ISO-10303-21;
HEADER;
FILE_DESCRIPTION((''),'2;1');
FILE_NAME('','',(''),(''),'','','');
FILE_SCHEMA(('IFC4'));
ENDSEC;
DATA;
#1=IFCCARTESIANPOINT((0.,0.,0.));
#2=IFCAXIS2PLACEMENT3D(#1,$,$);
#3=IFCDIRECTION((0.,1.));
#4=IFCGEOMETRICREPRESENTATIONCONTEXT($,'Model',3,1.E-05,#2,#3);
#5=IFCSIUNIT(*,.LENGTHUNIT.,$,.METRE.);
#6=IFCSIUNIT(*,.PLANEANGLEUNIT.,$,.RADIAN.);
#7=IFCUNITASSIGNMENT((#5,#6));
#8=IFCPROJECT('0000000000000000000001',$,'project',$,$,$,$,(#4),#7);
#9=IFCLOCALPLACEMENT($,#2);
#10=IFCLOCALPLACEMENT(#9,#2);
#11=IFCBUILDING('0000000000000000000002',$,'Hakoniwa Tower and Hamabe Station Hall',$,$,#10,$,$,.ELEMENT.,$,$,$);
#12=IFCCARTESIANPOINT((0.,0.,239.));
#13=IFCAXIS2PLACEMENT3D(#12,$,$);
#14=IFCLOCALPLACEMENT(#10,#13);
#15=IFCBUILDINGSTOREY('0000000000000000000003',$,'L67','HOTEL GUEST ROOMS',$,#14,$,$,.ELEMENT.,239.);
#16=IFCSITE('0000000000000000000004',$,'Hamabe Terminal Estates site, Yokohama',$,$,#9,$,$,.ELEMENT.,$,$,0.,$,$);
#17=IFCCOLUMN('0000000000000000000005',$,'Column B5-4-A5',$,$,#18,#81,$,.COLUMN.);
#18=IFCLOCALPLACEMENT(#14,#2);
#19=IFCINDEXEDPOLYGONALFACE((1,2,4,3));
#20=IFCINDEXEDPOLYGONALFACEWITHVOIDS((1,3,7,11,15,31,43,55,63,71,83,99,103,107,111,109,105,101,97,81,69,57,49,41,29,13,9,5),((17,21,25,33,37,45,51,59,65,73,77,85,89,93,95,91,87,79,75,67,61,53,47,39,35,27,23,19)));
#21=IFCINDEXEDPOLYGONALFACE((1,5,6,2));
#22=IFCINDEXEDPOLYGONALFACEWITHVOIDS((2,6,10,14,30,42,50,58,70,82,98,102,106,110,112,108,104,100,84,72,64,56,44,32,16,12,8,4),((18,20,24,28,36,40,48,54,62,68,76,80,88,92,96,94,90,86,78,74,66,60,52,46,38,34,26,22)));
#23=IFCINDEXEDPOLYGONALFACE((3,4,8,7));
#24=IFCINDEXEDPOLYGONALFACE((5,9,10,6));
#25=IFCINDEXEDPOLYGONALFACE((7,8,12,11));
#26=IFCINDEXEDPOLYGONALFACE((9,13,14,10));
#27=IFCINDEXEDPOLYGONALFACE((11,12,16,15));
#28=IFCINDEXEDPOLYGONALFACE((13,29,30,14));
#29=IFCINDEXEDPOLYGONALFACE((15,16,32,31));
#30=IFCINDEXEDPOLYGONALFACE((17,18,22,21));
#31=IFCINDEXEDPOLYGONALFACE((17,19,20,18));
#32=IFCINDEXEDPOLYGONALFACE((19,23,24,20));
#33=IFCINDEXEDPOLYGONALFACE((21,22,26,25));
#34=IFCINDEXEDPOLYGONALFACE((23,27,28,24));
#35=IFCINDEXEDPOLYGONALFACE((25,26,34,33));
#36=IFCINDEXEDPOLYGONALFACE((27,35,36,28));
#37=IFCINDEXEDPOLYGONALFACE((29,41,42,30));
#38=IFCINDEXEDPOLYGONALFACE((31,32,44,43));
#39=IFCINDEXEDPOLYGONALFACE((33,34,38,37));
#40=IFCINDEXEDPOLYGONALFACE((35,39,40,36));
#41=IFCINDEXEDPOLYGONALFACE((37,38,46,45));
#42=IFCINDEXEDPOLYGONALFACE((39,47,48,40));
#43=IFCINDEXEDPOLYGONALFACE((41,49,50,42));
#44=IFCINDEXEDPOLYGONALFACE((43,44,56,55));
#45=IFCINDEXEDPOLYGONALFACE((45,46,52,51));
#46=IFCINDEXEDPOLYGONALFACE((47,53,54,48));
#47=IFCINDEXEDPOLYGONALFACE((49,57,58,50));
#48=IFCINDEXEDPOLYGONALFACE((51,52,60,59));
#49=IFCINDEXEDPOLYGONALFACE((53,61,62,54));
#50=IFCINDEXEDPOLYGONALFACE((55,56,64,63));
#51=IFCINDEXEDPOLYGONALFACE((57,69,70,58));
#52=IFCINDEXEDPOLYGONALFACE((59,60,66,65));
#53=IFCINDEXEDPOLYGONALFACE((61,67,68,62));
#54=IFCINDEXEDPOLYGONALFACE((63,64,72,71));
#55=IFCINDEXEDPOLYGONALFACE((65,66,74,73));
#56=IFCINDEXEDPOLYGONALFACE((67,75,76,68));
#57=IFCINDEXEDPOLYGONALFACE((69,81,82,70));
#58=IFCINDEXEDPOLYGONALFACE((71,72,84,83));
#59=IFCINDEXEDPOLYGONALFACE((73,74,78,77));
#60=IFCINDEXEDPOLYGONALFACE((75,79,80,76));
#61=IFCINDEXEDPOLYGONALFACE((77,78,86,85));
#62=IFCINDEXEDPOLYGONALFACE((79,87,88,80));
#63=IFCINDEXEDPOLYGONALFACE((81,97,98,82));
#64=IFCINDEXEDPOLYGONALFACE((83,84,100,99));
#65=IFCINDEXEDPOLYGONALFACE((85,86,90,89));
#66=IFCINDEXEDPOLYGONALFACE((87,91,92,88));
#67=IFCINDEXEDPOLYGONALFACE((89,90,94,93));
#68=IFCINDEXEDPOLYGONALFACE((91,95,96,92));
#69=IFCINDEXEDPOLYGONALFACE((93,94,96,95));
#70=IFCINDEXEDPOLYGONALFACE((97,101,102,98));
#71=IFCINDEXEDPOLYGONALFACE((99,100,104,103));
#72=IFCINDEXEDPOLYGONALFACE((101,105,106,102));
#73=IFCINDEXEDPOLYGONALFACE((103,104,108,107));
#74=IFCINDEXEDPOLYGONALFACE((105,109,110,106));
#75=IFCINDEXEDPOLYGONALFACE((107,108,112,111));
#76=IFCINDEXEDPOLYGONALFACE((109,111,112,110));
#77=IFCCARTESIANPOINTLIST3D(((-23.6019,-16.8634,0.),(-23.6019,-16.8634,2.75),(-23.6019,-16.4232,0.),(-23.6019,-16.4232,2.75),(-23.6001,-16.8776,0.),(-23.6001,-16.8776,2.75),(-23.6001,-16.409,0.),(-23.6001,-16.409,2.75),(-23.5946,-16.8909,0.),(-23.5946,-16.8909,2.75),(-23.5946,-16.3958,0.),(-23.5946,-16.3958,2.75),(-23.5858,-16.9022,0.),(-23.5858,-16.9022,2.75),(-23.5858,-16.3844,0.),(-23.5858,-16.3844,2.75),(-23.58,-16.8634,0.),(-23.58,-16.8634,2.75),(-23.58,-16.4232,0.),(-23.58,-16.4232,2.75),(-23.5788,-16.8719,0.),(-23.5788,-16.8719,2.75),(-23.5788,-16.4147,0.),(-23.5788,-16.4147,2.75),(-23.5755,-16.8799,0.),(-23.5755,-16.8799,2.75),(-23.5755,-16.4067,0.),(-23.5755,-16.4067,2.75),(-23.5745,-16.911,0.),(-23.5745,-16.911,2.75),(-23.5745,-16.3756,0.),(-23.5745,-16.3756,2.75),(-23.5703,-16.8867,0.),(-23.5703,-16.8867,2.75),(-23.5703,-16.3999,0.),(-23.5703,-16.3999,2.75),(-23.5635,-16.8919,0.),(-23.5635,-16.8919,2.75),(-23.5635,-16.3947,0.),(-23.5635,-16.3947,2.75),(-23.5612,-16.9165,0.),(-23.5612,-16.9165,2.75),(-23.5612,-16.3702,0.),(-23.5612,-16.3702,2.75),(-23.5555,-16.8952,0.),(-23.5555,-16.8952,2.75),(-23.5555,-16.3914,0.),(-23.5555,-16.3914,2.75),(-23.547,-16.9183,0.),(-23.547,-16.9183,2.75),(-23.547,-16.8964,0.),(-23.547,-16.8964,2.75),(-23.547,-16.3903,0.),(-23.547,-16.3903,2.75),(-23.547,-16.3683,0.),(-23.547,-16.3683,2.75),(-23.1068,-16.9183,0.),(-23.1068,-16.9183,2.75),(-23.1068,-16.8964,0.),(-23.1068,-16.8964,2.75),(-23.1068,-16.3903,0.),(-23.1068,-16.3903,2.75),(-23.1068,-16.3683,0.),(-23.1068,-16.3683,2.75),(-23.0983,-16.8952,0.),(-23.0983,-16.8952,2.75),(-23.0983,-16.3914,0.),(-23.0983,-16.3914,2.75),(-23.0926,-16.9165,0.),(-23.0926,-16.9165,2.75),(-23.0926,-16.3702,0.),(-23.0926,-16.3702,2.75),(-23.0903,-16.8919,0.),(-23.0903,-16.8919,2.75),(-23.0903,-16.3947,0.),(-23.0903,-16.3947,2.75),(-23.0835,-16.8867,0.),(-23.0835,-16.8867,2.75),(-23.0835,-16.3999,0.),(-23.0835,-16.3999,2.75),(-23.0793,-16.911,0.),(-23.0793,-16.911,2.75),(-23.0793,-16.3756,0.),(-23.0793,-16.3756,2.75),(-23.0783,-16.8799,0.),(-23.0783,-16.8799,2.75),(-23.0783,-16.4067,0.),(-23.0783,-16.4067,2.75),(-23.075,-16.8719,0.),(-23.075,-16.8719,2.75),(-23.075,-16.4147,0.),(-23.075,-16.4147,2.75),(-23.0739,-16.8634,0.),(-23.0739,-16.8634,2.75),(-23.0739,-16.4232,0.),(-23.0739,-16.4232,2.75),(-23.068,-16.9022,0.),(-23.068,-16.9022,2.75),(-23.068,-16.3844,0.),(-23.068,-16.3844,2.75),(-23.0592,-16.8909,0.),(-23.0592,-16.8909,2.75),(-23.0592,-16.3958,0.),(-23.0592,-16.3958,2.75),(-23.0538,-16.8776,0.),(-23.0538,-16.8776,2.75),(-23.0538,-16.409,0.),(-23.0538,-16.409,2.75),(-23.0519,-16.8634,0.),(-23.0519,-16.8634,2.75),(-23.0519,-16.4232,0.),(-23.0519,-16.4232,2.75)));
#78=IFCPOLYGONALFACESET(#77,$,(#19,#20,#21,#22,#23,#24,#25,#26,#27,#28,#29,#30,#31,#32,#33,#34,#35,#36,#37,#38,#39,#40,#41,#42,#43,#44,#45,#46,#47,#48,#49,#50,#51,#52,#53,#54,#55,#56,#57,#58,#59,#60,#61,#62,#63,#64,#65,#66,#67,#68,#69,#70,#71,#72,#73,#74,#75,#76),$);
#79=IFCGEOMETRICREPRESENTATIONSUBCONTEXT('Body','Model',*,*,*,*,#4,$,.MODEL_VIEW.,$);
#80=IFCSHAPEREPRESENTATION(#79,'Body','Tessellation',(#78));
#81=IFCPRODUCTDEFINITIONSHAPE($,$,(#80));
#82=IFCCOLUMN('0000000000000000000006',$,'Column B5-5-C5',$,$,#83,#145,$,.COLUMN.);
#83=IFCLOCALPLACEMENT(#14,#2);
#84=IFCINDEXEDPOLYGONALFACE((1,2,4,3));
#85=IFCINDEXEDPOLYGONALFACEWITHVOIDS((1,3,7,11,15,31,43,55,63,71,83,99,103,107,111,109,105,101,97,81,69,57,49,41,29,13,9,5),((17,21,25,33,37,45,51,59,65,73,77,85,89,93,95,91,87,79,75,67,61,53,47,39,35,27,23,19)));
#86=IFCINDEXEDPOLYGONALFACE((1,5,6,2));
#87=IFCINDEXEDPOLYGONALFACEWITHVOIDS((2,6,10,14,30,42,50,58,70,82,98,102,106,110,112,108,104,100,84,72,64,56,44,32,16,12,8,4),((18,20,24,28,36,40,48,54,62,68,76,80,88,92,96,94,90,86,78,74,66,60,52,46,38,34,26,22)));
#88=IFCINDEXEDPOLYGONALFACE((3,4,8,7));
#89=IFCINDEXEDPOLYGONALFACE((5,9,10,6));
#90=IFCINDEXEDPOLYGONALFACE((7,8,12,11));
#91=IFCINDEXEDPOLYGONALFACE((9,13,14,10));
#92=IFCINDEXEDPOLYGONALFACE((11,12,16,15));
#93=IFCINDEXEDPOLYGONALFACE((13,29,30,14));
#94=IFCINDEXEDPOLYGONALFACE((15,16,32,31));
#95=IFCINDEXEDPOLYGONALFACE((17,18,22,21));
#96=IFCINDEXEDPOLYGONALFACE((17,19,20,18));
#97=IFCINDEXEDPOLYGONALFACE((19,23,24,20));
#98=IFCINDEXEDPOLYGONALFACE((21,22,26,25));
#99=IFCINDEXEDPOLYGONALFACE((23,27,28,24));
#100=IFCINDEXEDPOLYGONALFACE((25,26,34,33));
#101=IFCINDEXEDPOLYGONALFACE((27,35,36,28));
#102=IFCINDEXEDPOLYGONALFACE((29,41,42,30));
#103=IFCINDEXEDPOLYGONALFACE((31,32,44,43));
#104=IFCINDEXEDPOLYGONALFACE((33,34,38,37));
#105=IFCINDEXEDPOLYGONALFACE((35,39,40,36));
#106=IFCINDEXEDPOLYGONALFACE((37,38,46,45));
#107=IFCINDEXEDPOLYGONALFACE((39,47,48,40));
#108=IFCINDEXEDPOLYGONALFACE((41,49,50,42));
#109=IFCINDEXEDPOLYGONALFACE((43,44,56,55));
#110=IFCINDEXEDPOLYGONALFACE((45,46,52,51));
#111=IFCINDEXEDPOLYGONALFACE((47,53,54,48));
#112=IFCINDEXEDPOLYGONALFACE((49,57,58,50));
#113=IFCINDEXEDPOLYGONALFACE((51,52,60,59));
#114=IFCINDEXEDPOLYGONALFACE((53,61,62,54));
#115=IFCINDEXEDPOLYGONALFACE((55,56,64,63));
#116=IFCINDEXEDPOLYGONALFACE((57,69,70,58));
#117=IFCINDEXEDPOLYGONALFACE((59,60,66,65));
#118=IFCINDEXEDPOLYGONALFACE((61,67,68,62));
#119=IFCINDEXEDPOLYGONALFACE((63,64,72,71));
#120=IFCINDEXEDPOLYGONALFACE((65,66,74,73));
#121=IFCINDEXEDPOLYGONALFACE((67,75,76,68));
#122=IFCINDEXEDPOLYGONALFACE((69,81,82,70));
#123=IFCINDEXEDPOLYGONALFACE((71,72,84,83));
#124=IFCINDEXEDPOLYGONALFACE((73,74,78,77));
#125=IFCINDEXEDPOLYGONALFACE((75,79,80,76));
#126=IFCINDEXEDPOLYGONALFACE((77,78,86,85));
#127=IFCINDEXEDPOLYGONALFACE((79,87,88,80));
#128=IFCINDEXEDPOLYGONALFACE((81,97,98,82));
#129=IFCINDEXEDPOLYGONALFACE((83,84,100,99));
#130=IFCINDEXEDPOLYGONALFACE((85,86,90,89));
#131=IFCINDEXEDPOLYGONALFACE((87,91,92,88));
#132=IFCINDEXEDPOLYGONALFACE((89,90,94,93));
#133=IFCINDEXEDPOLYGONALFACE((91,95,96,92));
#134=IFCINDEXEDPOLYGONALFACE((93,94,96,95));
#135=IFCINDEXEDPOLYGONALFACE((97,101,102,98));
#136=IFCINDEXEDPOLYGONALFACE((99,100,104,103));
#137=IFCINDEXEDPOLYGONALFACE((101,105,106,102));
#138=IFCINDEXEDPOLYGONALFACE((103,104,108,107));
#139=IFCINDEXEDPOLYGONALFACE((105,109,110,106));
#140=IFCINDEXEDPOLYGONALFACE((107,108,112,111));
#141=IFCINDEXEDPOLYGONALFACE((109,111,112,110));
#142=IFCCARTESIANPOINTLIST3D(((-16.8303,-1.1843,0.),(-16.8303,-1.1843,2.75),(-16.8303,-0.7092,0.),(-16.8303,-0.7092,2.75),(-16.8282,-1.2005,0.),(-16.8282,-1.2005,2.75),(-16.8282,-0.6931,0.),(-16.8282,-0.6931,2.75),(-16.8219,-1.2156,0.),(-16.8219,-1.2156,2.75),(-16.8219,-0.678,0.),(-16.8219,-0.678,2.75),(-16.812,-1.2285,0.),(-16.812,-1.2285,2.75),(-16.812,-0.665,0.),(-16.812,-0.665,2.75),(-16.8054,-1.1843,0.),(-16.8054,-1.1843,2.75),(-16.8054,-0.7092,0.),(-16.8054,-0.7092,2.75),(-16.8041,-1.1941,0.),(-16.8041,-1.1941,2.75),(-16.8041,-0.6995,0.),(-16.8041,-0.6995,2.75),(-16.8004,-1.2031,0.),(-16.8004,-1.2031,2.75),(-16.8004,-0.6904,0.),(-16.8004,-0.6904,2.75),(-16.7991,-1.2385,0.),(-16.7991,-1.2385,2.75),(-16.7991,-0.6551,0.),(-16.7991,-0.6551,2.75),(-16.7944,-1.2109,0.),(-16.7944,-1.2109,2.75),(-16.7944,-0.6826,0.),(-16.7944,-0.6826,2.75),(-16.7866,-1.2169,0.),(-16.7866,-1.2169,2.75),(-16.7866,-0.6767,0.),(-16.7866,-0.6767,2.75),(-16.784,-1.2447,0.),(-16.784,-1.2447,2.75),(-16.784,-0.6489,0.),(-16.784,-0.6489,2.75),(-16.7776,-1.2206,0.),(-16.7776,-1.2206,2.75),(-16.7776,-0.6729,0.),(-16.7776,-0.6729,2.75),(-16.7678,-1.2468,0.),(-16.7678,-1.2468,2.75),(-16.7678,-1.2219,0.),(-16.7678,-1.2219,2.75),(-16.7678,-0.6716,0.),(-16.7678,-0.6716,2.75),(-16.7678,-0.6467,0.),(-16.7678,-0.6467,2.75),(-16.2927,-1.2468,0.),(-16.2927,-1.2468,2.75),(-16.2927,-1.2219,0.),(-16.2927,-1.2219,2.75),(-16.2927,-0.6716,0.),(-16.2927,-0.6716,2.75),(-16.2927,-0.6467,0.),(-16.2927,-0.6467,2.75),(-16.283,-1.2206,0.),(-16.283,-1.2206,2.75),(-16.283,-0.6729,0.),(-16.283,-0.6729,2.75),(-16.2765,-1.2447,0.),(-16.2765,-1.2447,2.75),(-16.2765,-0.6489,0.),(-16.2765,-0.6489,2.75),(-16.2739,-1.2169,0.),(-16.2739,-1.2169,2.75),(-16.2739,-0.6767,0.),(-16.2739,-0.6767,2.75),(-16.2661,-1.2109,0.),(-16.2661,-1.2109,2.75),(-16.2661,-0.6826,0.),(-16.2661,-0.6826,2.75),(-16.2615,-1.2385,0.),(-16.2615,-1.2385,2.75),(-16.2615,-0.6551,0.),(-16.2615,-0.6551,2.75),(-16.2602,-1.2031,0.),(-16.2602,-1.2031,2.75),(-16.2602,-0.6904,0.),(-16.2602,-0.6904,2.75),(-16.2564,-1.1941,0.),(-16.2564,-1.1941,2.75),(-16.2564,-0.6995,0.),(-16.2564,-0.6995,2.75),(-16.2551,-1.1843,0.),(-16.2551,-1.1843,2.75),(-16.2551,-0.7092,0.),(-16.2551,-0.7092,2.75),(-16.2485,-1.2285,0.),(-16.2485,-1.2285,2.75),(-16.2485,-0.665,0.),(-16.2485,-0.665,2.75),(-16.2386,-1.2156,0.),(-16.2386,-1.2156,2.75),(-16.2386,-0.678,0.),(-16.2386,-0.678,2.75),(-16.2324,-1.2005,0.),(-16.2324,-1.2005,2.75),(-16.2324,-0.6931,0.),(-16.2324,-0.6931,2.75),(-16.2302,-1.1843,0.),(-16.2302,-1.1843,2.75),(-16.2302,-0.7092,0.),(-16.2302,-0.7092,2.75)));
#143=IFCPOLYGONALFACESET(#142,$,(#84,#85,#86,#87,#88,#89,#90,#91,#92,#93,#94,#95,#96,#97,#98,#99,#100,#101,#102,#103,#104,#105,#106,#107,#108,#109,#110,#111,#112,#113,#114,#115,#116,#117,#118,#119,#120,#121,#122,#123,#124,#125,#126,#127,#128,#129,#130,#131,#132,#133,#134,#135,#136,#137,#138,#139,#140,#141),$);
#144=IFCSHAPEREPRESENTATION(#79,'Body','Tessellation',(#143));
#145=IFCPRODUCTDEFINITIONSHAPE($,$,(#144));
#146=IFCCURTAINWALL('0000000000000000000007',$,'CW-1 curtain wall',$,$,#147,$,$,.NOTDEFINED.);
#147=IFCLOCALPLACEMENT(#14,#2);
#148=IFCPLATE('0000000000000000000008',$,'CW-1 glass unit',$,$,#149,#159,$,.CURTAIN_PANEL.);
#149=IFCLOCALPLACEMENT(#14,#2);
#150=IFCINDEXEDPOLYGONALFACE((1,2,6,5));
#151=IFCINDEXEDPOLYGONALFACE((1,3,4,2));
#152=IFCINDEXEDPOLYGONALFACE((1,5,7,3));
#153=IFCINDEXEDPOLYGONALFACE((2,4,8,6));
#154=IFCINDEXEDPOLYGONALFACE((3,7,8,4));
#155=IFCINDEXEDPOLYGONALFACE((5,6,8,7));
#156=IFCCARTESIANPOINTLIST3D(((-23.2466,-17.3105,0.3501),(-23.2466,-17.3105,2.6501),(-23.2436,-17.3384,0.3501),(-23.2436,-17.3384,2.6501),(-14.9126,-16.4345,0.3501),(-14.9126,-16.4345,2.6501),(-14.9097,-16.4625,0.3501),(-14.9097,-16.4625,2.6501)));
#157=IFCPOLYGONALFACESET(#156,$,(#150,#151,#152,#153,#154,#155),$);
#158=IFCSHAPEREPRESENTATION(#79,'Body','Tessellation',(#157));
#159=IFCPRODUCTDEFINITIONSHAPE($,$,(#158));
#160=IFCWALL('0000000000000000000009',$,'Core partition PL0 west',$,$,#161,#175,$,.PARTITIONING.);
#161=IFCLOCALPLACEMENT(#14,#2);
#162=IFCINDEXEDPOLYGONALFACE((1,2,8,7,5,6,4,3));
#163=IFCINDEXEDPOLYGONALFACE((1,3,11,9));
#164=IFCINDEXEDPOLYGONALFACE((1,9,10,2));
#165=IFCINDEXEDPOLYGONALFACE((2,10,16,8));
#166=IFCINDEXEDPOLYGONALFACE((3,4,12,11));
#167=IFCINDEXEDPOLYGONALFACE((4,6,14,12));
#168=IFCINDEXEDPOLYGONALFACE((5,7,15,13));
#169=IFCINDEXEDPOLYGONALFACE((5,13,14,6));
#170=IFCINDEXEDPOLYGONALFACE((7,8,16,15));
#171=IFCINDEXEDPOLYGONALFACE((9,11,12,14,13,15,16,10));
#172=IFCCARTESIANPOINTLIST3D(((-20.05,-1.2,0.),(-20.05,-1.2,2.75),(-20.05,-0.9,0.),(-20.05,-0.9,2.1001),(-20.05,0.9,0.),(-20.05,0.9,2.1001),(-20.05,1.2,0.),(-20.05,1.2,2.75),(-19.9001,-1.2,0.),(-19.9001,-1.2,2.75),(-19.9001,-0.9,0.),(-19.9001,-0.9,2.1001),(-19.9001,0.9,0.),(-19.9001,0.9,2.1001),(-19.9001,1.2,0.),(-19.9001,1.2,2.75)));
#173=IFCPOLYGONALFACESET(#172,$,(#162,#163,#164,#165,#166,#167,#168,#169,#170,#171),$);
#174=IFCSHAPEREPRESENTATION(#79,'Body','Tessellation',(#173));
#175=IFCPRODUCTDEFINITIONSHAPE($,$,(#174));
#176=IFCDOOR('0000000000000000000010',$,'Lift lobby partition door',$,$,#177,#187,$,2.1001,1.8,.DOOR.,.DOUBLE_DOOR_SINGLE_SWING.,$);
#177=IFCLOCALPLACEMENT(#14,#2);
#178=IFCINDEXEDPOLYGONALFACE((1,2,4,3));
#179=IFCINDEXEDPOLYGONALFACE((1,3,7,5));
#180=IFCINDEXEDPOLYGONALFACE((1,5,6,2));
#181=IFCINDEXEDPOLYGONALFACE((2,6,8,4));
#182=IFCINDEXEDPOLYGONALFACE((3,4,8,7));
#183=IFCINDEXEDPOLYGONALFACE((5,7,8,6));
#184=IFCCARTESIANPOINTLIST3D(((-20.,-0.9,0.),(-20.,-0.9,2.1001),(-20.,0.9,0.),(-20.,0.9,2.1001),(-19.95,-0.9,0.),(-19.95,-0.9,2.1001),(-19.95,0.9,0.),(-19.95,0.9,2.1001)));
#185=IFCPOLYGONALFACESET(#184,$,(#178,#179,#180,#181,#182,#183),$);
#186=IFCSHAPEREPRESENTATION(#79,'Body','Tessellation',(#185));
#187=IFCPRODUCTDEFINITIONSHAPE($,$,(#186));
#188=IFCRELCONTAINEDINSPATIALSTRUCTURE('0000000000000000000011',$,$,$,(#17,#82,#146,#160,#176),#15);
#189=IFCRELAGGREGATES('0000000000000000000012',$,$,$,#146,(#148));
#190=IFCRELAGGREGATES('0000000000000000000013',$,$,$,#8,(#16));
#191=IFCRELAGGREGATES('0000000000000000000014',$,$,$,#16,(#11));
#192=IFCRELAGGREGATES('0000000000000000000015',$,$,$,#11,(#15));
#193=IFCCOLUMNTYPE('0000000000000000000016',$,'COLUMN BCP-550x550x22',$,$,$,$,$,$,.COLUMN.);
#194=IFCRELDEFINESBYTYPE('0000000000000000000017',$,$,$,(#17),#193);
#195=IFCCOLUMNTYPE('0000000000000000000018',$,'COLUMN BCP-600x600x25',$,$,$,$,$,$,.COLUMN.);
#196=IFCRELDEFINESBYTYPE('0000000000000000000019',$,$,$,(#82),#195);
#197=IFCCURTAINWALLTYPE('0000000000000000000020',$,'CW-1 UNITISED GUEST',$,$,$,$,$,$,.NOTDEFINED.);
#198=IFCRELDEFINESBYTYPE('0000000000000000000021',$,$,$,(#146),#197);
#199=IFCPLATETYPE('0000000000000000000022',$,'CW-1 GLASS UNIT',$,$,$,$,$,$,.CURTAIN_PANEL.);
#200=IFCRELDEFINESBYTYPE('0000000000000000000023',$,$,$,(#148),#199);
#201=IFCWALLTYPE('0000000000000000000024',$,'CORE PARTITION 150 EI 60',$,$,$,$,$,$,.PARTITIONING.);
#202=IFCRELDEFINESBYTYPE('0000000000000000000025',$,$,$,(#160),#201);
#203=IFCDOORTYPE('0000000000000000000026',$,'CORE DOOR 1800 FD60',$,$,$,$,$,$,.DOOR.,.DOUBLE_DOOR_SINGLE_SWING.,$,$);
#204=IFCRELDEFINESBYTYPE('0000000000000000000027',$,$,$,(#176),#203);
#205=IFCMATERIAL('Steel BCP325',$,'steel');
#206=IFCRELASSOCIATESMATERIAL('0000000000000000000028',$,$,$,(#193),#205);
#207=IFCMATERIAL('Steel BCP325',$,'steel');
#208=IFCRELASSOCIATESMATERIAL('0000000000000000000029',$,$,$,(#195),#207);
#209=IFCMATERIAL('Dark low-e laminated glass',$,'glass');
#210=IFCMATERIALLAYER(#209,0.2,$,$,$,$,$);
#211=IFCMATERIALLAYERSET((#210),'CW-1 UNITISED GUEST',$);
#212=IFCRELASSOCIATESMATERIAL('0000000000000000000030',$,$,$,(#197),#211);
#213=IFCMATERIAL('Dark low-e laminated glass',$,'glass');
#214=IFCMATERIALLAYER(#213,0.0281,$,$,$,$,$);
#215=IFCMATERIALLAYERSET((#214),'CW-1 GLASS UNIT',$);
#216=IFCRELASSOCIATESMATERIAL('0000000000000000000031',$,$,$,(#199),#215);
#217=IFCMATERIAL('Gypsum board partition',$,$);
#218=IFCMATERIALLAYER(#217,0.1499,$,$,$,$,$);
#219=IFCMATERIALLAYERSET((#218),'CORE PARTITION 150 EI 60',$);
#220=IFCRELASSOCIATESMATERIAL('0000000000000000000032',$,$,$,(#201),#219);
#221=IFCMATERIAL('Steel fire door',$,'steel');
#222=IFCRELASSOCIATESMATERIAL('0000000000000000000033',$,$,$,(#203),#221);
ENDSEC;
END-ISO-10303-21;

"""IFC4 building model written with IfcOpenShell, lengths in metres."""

from ifc_helpers import new_model, si_unit, direction, frame, frame_2d, origin, origin_2d, place, context, subcontext, project, spatial, rectangle, hollow_rectangle, extrude, material, layer, layer_set, material_profile, profile_set, type_object, element, fill, aggregate, save


model = new_model("IFC4")

# Units and contexts
model_context = context("Model", 3, precision=1e-05, world=origin(), true_north=direction((0.0, 1.0)))
body_context = subcontext(model_context, "Body", "Model", "MODEL_VIEW")
ifc_project = project(units=[si_unit("LENGTHUNIT", "METRE"), si_unit("PLANEANGLEUNIT", "RADIAN")], contexts=[model_context])

# Site, building, storey
site_placement = place(None, origin())
site = spatial("IfcSite", under=ifc_project, at=site_placement, Name="Hamabe Terminal Estates site, Yokohama", CompositionType="ELEMENT", RefElevation=0.0)
building_placement = place(site_placement, origin())
building = spatial("IfcBuilding", under=site, at=building_placement, Name="Hakoniwa Tower and Hamabe Station Hall", CompositionType="ELEMENT")
storey_placement = place(building_placement, frame((0.0, 0.0, 239.0)))
storey = spatial("IfcBuildingStorey", under=building, at=storey_placement, Name="L67", Description="HOTEL GUEST ROOMS", CompositionType="ELEMENT", Elevation=239.0)

# Columns
ifc_material_1 = material(Name="Steel BCP325", Category="steel")
ifc_material_profile_1 = material_profile(ifc_material_1, hollow_rectangle(XDim=0.55, YDim=0.55, WallThickness=0.022, InnerFilletRadius=0.033, OuterFilletRadius=0.0549, at=origin_2d()), Name="BCP-550x550x22")
ifc_profile_set_1 = profile_set([ifc_material_profile_1], Name="Steel BCP325")
column_type_1 = type_object("IfcColumnType", Name="COLUMN BCP-550x550x22", PredefinedType="COLUMN", material=ifc_profile_set_1)
column_1_placement = place(storey_placement, frame((-23.3269, -16.6433, 0.0), z_axis=(0.0, 0.0, 1.0), x_axis=(1.0, 0.0, 0.0)))
element("IfcColumn", 1, at=column_1_placement, inside=storey, type_object=column_type_1, Name="Column B5-4-A5", PredefinedType="COLUMN", context=body_context, shape_type="SweptSolid", body=[
    extrude(hollow_rectangle(XDim=0.55, YDim=0.55, WallThickness=0.022, InnerFilletRadius=0.033, OuterFilletRadius=0.0549, at=origin_2d()), origin(), (0.0, 0.0, 1.0), 2.75),
])
ifc_material_2 = material(Name="Steel BCP325", Category="steel")
ifc_material_profile_2 = material_profile(ifc_material_2, hollow_rectangle(XDim=0.6001, YDim=0.6001, WallThickness=0.0249, InnerFilletRadius=0.0376, OuterFilletRadius=0.0625, at=origin_2d()), Name="BCP-600x600x25")
ifc_profile_set_2 = profile_set([ifc_material_profile_2], Name="Steel BCP325")
column_type_2 = type_object("IfcColumnType", Name="COLUMN BCP-600x600x25", PredefinedType="COLUMN", material=ifc_profile_set_2)
column_2_placement = place(storey_placement, frame((-16.5303, -0.9468, 0.0), z_axis=(0.0, 0.0, 1.0), x_axis=(1.0, 0.0, 0.0)))
element("IfcColumn", 2, at=column_2_placement, inside=storey, type_object=column_type_2, Name="Column B5-5-C5", PredefinedType="COLUMN", context=body_context, shape_type="SweptSolid", body=[
    extrude(hollow_rectangle(XDim=0.6001, YDim=0.6001, WallThickness=0.0249, InnerFilletRadius=0.0376, OuterFilletRadius=0.0625, at=origin_2d()), origin(), (0.0, 0.0, 1.0), 2.75),
])

# Curtain wall, plate
ifc_material_3 = material(Name="Dark low-e laminated glass", Category="glass")
ifc_layer_1 = layer(ifc_material_3, 0.2)
ifc_layer_set_1 = layer_set([ifc_layer_1], Name="CW-1 UNITISED GUEST")
curtain_wall_type = type_object("IfcCurtainWallType", Name="CW-1 UNITISED GUEST", PredefinedType="NOTDEFINED", material=ifc_layer_set_1)
curtain_wall_placement = place(storey_placement, origin())
curtain_wall = element("IfcCurtainWall", 3, at=curtain_wall_placement, inside=storey, type_object=curtain_wall_type, Name="CW-1 curtain wall", PredefinedType="NOTDEFINED")
ifc_material_4 = material(Name="Dark low-e laminated glass", Category="glass")
ifc_layer_2 = layer(ifc_material_4, 0.0281)
ifc_layer_set_2 = layer_set([ifc_layer_2], Name="CW-1 GLASS UNIT")
plate_type = type_object("IfcPlateType", Name="CW-1 GLASS UNIT", PredefinedType="CURTAIN_PANEL", material=ifc_layer_set_2)
plate_placement = place(storey_placement, frame((-19.0781, -16.8865, 0.3501), z_axis=(0.0, 0.0, 1.0), x_axis=(0.994522, 0.104528, 0.0)))
plate = element("IfcPlate", 4, at=plate_placement, type_object=plate_type, Name="CW-1 glass unit", PredefinedType="CURTAIN_PANEL", context=body_context, shape_type="SweptSolid", body=[
    extrude(rectangle(XDim=8.3799, YDim=0.0281, at=origin_2d()), origin(), (0.0, 0.0, 1.0), 2.3),
])
aggregate(curtain_wall, [plate])

# Wall, opening, door
ifc_material_5 = material(Name="Gypsum board partition")
ifc_layer_3 = layer(ifc_material_5, 0.1499)
ifc_layer_set_3 = layer_set([ifc_layer_3], Name="CORE PARTITION 150 EI 60")
wall_type_1 = type_object("IfcWallType", Name="CORE PARTITION 150 EI 60", PredefinedType="PARTITIONING", material=ifc_layer_set_3)
wall_1_placement = place(storey_placement, frame((-19.9751, -1.2, 0.0), z_axis=(0.0, 0.0, 1.0), x_axis=(0.0, 1.0, 0.0)))
wall_1 = element("IfcWall", 5, at=wall_1_placement, inside=storey, type_object=wall_type_1, Name="Core partition PL0 west", PredefinedType="PARTITIONING", context=body_context, shape_type="SweptSolid", body=[
    extrude(rectangle(XDim=2.3999, YDim=0.1499, at=frame_2d((1.2, 0.0))), origin(), (0.0, 0.0, 1.0), 2.75),
])
opening_1_placement = place(wall_1_placement, frame((0.3, 0.0, 0.0)))
opening_1 = element("IfcOpeningElement", 6, at=opening_1_placement, cuts=wall_1, PredefinedType="OPENING", context=body_context, shape_type="SweptSolid", body=[
    extrude(rectangle(XDim=1.8, YDim=2.1001, at=frame_2d((0.8999, 1.05))), frame((0.0, 0.085, 0.0), z_axis=(0.0, -1.0, 0.0), x_axis=(1.0, 0.0, 0.0)), (0.0, 0.0, 1.0), 0.1699),
])
ifc_material_6 = material(Name="Steel fire door", Category="steel")
door_type_1 = type_object("IfcDoorType", Name="CORE DOOR 1800 FD60", OperationType="DOUBLE_DOOR_SINGLE_SWING", PredefinedType="DOOR", material=ifc_material_6)
door_1_placement = place(opening_1_placement, origin())
door_1 = element("IfcDoor", 7, at=door_1_placement, inside=storey, type_object=door_type_1, Name="Lift lobby partition door", OperationType="DOUBLE_DOOR_SINGLE_SWING", OverallHeight=2.1001, OverallWidth=1.8, PredefinedType="DOOR", context=body_context, shape_type="SweptSolid", body=[
    extrude(rectangle(XDim=1.8, YDim=2.1001, at=frame_2d((0.8999, 1.05))), frame((0.0, 0.0249, 0.0), z_axis=(0.0, -1.0, 0.0), x_axis=(1.0, 0.0, 0.0)), (0.0, 0.0, 1.0), 0.05),
])
fill(opening_1, door_1)

save(model, "model.ifc")
